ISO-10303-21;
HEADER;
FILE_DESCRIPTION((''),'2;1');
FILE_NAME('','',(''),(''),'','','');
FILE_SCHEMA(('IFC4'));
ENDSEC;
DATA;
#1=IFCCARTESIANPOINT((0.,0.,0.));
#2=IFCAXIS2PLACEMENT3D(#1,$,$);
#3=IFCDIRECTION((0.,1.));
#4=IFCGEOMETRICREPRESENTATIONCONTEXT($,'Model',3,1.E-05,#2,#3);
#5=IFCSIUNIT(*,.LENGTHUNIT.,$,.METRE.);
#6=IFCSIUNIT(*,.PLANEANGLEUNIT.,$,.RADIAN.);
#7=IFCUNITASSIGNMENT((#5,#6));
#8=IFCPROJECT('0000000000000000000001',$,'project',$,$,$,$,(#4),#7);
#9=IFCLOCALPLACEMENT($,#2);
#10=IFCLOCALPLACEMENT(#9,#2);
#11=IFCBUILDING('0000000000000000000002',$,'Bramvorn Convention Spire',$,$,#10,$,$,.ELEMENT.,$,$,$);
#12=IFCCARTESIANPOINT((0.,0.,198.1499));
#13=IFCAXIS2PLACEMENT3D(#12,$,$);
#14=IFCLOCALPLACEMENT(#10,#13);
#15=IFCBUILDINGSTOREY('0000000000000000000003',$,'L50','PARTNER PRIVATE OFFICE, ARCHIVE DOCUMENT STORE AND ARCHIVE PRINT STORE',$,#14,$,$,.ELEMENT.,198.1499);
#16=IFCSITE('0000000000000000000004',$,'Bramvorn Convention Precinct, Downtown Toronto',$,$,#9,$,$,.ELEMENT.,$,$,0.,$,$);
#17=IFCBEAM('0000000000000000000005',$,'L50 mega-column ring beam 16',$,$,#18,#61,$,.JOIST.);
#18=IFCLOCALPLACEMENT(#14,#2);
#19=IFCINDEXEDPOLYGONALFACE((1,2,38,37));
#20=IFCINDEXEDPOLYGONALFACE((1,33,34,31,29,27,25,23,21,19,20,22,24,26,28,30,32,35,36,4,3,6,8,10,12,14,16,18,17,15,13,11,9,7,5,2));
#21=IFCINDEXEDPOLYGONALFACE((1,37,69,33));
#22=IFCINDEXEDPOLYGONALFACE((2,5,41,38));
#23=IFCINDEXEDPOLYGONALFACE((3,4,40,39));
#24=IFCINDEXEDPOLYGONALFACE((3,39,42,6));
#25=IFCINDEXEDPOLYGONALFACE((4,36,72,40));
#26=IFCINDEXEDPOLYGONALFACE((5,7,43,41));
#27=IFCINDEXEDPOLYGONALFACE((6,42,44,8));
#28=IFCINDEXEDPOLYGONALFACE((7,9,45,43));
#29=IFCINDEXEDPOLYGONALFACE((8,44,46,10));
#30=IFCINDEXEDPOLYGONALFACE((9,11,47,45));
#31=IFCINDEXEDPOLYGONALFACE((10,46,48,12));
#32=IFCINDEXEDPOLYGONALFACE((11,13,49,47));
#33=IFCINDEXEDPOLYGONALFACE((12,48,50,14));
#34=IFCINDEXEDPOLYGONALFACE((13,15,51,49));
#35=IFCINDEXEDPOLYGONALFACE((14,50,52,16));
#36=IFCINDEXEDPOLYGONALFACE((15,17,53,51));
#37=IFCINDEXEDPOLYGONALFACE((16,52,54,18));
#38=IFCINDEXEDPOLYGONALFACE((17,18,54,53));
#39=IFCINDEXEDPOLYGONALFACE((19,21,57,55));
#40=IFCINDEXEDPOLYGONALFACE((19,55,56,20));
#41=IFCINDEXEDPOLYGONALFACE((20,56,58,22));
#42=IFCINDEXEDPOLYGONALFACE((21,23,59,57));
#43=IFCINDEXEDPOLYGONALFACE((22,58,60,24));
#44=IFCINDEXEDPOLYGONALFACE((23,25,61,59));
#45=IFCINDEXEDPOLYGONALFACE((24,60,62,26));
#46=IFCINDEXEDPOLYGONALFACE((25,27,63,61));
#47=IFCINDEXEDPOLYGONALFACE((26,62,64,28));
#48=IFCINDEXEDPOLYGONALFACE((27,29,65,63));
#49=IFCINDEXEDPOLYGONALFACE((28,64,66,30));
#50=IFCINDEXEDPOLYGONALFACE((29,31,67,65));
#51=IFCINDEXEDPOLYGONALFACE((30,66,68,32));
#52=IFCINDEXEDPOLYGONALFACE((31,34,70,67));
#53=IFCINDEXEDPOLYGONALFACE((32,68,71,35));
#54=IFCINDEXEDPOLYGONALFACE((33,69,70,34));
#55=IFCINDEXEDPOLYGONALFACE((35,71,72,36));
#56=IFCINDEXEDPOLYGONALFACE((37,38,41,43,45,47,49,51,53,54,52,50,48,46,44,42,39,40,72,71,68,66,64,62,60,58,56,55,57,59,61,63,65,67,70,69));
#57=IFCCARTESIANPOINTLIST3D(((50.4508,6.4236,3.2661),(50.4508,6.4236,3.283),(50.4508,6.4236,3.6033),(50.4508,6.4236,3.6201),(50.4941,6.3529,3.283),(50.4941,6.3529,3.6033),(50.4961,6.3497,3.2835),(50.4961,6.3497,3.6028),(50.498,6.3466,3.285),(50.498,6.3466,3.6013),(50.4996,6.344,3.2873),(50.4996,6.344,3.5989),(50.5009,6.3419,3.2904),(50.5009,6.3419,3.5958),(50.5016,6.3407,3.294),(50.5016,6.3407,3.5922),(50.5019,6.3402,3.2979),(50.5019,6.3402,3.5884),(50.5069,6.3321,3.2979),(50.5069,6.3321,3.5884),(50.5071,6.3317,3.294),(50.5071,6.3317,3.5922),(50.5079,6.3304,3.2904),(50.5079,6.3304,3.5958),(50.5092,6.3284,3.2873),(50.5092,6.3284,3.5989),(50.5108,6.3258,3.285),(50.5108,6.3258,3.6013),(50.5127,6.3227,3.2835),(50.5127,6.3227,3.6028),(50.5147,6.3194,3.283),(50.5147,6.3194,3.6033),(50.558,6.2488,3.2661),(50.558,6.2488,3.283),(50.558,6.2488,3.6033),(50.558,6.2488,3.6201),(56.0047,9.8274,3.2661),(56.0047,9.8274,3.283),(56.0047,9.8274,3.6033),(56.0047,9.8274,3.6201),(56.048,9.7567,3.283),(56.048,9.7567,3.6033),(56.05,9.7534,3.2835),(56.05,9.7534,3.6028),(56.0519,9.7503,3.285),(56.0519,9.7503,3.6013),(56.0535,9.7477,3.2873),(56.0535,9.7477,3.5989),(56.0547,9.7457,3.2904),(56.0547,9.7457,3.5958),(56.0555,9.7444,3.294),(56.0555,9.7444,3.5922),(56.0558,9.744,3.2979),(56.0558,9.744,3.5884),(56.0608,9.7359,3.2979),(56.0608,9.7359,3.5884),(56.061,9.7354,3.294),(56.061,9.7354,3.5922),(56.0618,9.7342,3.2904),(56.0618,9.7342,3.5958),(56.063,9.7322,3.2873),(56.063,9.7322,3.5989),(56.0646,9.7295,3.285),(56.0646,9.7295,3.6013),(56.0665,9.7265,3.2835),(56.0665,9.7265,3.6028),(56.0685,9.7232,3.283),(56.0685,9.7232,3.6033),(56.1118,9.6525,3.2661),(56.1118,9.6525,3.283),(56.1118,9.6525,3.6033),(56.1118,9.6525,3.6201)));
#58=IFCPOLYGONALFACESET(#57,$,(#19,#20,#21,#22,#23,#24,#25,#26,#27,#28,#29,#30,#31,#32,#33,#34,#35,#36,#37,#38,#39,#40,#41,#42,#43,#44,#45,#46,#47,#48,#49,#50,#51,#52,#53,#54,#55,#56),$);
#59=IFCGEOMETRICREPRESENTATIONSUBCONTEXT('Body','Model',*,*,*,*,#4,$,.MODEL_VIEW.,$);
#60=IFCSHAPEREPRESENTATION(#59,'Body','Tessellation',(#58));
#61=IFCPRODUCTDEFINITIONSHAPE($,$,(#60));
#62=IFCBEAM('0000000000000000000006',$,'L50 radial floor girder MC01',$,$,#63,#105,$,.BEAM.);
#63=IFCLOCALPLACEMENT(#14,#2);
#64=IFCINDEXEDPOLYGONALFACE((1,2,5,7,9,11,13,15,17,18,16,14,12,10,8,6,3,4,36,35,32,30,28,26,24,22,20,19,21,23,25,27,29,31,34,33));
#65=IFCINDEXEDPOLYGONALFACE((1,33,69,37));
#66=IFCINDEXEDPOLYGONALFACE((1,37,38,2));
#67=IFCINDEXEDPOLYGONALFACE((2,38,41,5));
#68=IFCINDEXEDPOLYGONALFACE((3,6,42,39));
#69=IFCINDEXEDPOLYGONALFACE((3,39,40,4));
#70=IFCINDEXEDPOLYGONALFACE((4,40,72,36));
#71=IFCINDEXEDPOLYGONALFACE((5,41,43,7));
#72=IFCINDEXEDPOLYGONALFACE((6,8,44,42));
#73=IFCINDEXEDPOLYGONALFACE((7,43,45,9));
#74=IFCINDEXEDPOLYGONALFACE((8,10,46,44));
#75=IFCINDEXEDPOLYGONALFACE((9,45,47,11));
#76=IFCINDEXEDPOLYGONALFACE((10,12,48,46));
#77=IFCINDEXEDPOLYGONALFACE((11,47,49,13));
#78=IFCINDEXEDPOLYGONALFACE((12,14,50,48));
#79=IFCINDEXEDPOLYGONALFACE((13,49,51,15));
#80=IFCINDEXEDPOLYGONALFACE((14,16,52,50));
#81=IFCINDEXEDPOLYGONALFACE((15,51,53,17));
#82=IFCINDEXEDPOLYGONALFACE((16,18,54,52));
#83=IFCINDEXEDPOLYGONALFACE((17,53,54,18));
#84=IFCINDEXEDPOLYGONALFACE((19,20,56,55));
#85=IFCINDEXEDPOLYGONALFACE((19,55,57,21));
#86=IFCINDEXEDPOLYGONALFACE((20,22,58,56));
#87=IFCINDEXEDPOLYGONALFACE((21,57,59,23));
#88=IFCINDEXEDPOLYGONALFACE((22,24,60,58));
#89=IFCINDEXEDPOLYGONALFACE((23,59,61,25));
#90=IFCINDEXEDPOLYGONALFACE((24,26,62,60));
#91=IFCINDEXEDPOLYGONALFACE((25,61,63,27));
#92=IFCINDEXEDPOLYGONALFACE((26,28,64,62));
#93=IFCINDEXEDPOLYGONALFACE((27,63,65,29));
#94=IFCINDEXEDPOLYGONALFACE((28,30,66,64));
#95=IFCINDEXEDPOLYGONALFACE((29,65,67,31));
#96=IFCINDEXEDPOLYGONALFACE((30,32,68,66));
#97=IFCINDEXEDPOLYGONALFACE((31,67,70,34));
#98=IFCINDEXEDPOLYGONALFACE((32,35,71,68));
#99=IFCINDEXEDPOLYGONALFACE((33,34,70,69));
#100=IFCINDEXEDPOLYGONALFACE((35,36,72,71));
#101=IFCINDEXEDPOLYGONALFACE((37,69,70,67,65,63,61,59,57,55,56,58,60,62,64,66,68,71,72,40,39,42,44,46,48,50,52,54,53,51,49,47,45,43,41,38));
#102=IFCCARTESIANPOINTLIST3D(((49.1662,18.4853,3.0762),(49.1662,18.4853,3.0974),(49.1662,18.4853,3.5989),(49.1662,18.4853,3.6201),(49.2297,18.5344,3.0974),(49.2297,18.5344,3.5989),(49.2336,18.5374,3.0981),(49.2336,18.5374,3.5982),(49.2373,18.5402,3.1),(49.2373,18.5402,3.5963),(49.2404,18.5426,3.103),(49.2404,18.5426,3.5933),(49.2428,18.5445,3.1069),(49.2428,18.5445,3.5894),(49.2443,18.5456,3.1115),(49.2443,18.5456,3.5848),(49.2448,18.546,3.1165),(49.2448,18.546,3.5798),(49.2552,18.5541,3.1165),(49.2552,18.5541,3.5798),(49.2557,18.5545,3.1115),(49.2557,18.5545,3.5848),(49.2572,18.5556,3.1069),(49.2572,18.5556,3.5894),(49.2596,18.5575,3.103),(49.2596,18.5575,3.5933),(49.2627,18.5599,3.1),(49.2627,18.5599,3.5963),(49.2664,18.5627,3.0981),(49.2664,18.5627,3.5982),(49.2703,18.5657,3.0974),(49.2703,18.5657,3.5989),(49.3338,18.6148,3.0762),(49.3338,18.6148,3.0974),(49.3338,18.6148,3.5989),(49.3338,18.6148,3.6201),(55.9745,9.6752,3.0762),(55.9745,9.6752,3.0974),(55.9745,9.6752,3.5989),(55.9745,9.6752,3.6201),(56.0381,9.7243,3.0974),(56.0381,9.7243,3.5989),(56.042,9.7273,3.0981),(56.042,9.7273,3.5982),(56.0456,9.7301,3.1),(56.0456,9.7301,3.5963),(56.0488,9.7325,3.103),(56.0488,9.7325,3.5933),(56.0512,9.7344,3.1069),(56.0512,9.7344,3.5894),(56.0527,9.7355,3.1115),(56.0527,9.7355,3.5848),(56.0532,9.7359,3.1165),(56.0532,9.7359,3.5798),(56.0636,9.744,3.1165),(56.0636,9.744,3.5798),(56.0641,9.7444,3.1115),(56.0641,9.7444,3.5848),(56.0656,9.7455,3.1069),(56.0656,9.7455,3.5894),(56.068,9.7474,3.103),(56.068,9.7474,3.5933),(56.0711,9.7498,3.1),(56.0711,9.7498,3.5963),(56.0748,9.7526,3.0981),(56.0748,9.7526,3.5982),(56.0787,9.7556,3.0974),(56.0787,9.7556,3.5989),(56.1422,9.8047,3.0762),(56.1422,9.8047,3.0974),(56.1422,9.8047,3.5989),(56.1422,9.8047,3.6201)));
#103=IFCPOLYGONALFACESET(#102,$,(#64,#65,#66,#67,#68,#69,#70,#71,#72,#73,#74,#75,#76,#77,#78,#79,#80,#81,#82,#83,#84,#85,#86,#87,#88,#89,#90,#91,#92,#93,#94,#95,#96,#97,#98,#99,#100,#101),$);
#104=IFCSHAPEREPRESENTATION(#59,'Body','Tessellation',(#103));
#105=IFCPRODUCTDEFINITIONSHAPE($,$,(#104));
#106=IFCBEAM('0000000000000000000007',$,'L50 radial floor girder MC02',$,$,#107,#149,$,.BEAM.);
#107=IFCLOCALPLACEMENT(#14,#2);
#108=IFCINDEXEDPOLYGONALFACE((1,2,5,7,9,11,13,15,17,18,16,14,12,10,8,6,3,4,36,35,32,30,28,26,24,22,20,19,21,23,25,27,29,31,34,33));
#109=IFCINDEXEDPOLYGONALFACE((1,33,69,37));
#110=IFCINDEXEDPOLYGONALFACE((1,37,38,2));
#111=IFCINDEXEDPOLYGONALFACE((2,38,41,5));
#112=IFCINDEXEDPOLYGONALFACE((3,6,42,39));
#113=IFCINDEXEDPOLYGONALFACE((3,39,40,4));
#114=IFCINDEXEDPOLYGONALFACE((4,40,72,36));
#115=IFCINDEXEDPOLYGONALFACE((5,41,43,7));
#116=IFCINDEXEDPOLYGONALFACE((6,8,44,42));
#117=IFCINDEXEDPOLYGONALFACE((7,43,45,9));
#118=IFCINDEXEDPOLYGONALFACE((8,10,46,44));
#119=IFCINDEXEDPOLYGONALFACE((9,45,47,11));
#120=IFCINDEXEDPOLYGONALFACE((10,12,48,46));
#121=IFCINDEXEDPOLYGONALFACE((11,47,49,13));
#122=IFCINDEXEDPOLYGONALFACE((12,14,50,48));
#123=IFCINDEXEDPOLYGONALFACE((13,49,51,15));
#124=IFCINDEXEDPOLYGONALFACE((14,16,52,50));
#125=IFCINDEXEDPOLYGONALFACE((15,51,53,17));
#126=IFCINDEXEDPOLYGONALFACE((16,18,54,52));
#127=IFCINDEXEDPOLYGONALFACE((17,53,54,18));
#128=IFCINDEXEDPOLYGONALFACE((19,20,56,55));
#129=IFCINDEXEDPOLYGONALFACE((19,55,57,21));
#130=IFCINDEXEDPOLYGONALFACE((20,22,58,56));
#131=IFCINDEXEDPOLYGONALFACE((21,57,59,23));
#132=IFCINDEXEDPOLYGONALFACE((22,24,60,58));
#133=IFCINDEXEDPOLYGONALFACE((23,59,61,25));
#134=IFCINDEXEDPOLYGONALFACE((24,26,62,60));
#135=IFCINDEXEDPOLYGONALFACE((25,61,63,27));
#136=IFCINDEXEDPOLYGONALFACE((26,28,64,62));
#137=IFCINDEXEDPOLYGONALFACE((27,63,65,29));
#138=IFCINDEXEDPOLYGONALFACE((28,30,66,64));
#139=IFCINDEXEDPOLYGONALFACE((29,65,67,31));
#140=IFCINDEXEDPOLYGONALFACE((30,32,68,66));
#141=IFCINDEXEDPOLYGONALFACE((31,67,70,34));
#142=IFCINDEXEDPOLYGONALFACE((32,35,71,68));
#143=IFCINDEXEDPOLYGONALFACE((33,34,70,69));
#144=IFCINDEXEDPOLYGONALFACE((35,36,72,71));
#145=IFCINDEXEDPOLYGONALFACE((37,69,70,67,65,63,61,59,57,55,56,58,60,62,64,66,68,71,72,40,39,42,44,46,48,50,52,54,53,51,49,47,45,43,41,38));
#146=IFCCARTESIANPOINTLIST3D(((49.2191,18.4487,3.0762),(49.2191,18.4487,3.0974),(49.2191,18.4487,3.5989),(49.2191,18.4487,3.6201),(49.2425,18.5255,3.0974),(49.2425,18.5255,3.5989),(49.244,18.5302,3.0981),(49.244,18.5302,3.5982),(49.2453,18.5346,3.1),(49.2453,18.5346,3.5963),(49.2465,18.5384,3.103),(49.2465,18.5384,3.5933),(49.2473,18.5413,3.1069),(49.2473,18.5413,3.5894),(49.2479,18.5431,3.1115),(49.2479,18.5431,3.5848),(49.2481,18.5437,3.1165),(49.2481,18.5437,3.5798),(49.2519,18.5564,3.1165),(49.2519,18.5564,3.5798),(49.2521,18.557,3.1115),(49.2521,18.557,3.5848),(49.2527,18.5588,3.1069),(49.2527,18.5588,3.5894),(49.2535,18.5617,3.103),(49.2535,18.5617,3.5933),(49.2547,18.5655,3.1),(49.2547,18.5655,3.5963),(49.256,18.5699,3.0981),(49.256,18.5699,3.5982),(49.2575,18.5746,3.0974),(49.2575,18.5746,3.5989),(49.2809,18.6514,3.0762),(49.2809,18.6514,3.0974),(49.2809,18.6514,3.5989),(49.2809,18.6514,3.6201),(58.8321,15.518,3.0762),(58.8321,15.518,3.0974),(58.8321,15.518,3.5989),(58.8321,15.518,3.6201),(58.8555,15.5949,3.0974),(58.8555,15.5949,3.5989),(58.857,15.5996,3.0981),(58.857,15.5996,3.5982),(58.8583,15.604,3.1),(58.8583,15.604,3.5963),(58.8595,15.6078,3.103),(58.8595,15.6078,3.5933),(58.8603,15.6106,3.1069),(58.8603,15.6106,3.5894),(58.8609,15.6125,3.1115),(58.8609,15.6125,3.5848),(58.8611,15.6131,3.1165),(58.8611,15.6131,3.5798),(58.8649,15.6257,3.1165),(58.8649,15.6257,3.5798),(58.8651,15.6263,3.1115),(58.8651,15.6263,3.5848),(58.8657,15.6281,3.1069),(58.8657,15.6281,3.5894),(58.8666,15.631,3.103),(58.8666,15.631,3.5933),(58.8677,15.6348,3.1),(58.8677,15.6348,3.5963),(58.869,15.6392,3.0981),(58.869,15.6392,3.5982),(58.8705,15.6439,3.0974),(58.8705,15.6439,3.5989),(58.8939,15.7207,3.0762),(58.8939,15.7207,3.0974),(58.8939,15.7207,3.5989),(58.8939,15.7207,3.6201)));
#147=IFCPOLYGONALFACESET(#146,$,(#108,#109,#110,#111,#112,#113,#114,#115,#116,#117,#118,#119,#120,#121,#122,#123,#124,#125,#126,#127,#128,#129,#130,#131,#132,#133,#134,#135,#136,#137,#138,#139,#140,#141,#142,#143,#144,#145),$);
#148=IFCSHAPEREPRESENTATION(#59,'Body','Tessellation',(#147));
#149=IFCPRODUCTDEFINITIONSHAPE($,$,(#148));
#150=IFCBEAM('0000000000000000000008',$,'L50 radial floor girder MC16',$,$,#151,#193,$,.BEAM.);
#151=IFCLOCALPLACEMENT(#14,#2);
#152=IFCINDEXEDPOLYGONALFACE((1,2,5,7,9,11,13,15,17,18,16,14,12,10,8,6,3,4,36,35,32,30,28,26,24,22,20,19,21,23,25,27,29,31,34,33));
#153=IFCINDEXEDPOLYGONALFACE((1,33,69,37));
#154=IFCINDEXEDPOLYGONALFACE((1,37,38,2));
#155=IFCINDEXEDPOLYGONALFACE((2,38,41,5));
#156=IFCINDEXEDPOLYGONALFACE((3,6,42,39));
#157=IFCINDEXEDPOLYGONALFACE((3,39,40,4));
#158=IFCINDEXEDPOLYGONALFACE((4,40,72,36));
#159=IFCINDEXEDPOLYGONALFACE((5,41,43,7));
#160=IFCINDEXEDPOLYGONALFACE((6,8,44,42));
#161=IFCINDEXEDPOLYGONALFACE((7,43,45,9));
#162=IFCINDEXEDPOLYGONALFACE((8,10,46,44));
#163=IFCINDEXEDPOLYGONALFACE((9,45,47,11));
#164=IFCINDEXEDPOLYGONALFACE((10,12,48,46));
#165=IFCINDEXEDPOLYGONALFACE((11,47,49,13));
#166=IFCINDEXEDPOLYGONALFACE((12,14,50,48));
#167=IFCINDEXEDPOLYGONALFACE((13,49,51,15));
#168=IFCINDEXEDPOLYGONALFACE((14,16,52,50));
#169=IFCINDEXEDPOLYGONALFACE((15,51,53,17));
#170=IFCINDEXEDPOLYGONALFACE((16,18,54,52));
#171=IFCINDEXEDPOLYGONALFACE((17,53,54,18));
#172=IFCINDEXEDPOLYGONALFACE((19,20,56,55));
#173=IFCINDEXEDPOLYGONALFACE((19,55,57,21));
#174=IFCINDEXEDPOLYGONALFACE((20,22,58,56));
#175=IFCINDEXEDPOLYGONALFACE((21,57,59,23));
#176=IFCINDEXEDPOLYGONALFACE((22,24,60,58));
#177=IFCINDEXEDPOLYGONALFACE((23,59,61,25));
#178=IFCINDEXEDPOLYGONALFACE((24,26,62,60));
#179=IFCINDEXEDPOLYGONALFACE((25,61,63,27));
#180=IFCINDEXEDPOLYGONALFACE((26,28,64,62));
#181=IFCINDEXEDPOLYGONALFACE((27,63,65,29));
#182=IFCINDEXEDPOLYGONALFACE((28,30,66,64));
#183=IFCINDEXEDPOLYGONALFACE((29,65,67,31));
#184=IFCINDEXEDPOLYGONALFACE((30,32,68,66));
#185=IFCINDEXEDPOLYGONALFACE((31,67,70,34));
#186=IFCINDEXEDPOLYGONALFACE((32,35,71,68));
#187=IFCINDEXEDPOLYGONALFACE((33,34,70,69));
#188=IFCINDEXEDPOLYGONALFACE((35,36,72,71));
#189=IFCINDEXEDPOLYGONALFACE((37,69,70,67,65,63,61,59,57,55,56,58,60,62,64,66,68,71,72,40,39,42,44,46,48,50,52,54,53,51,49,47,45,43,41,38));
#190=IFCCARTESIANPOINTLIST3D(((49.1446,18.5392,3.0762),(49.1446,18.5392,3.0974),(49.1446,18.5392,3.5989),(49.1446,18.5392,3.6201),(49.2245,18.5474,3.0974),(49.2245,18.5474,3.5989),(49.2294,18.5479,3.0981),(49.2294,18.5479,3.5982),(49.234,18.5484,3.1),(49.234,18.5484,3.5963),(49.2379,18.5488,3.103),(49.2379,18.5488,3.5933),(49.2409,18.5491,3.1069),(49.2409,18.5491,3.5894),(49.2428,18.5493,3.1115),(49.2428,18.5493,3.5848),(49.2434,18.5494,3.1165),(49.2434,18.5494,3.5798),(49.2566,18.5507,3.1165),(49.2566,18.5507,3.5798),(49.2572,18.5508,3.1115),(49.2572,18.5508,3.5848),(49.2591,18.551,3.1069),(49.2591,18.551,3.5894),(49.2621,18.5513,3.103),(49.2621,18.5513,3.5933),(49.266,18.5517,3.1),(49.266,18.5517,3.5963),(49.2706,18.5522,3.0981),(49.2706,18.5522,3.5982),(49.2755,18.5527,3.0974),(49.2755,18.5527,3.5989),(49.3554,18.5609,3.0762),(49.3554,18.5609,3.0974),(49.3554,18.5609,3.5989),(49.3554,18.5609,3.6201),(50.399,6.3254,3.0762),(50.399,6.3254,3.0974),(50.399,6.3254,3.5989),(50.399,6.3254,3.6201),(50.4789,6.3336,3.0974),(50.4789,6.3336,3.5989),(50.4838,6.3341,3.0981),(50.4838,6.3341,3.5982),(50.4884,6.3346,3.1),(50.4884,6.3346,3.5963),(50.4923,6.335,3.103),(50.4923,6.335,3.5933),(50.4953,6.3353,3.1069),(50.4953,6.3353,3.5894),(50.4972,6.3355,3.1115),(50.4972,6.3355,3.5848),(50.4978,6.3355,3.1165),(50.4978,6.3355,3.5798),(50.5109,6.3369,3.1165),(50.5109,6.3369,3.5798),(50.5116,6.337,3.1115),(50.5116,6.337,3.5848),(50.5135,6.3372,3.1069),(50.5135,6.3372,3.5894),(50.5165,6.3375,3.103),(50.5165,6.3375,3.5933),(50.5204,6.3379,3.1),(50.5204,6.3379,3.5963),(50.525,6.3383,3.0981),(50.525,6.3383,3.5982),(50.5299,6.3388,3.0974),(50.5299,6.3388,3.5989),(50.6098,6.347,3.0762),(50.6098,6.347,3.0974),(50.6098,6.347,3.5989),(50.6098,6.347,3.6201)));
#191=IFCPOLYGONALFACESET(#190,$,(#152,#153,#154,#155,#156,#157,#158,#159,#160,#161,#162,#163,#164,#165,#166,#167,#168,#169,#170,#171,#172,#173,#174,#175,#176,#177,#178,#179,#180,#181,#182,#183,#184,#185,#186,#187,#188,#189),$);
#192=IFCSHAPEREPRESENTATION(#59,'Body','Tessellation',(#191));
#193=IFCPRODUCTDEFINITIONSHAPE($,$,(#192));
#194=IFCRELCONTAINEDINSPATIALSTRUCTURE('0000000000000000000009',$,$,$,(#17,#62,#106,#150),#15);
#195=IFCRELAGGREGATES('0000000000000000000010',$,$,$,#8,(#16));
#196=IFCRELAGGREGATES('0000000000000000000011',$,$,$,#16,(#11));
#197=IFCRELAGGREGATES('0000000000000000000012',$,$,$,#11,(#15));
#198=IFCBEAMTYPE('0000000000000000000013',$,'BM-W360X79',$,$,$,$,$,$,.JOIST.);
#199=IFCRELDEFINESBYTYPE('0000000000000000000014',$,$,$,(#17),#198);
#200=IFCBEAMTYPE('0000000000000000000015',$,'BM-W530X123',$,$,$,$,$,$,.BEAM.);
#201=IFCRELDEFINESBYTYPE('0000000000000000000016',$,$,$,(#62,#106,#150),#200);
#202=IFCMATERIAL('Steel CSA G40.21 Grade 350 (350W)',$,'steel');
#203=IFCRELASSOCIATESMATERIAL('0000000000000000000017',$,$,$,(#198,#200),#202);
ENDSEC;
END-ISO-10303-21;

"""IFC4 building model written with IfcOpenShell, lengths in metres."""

from ifc_helpers import new_model, si_unit, direction, frame, origin, origin_2d, place, context, subcontext, project, spatial, i_section, extrude, material, material_profile, profile_set, type_object, element, save


model = new_model("IFC4")

# Units and contexts
model_context = context("Model", 3, precision=1e-05, world=origin(), true_north=direction((0.0, 1.0)))
body_context = subcontext(model_context, "Body", "Model", "MODEL_VIEW")
ifc_project = project(units=[si_unit("LENGTHUNIT", "METRE"), si_unit("PLANEANGLEUNIT", "RADIAN")], contexts=[model_context])

# Site, building, storey
site_placement = place(None, origin())
site = spatial("IfcSite", under=ifc_project, at=site_placement, Name="Bramvorn Convention Precinct, Downtown Toronto", CompositionType="ELEMENT", RefElevation=0.0)
building_placement = place(site_placement, origin())
building = spatial("IfcBuilding", under=site, at=building_placement, Name="Bramvorn Convention Spire", CompositionType="ELEMENT")
storey_placement = place(building_placement, frame((0.0, 0.0, 198.1499)))
storey = spatial("IfcBuildingStorey", under=building, at=storey_placement, Name="L50", Description="PARTNER PRIVATE OFFICE, ARCHIVE DOCUMENT STORE AND ARCHIVE PRINT STORE", CompositionType="ELEMENT", Elevation=198.1499)

# Shared definitions
ifc_material_1 = material(Name="Steel CSA G40.21 Grade 350 (350W)", Category="steel")

# Beams
ifc_material_profile_1 = material_profile(ifc_material_1, i_section(OverallWidth=0.2051, OverallDepth=0.354, WebThickness=0.0095, FlangeThickness=0.0168, FilletRadius=0.0149, at=origin_2d()))
ifc_profile_set_1 = profile_set([ifc_material_profile_1], Name="Steel CSA G40.21 Grade 350 (350W) - W360X79")
beam_type_1 = type_object("IfcBeamType", Name="BM-W360X79", PredefinedType="JOIST", material=ifc_profile_set_1)
beam_1_placement = place(storey_placement, frame((50.5044, 6.3362, 3.4431), z_axis=(0.852617, 0.522537, 0.0), x_axis=(-0.522537, 0.852617, 0.0)))
element("IfcBeam", 1, at=beam_1_placement, inside=storey, type_object=beam_type_1, Name="L50 mega-column ring beam 16", PredefinedType="JOIST", context=body_context, shape_type="SweptSolid", body=[
    extrude(i_section(OverallWidth=0.2051, OverallDepth=0.354, WebThickness=0.0095, FlangeThickness=0.0168, FilletRadius=0.0149, at=origin_2d()), origin(), (0.0, 0.0, 1.0), 6.5139),
])
ifc_material_profile_2 = material_profile(ifc_material_1, i_section(OverallWidth=0.2119, OverallDepth=0.5439, WebThickness=0.0132, FlangeThickness=0.0212, FilletRadius=0.019, at=origin_2d()))
ifc_profile_set_2 = profile_set([ifc_material_profile_2], Name="Steel CSA G40.21 Grade 350 (350W) - W530X123")
beam_type_2 = type_object("IfcBeamType", Name="BM-W530X123", PredefinedType="BEAM", material=ifc_profile_set_2)
beam_2_placement = place(storey_placement, frame((49.25, 18.55, 3.3481), z_axis=(0.61148, -0.79126, 0.0), x_axis=(0.79126, 0.61148, 0.0)))
element("IfcBeam", 2, at=beam_2_placement, inside=storey, type_object=beam_type_2, Name="L50 radial floor girder MC01", PredefinedType="BEAM", context=body_context, shape_type="SweptSolid", body=[
    extrude(i_section(OverallWidth=0.2119, OverallDepth=0.5439, WebThickness=0.0132, FlangeThickness=0.0212, FilletRadius=0.019, at=origin_2d()), origin(), (0.0, 0.0, 1.0), 11.1343),
])
beam_3_placement = place(storey_placement, frame((49.25, 18.55, 3.3481), z_axis=(0.956536, -0.291613, 0.0), x_axis=(0.291613, 0.956536, 0.0)))
element("IfcBeam", 3, at=beam_3_placement, inside=storey, type_object=beam_type_2, Name="L50 radial floor girder MC02", PredefinedType="BEAM", context=body_context, shape_type="SweptSolid", body=[
    extrude(i_section(OverallWidth=0.2119, OverallDepth=0.5439, WebThickness=0.0132, FlangeThickness=0.0212, FilletRadius=0.019, at=origin_2d()), origin(), (0.0, 0.0, 1.0), 10.0498),
])
beam_4_placement = place(storey_placement, frame((49.25, 18.55, 3.3481), z_axis=(0.102165, -0.994767, 0.0), x_axis=(0.994767, 0.102165, 0.0)))
element("IfcBeam", 4, at=beam_4_placement, inside=storey, type_object=beam_type_2, Name="L50 radial floor girder MC16", PredefinedType="BEAM", context=body_context, shape_type="SweptSolid", body=[
    extrude(i_section(OverallWidth=0.2119, OverallDepth=0.5439, WebThickness=0.0132, FlangeThickness=0.0212, FilletRadius=0.019, at=origin_2d()), origin(), (0.0, 0.0, 1.0), 12.2781),
])

save(model, "model.ifc")
